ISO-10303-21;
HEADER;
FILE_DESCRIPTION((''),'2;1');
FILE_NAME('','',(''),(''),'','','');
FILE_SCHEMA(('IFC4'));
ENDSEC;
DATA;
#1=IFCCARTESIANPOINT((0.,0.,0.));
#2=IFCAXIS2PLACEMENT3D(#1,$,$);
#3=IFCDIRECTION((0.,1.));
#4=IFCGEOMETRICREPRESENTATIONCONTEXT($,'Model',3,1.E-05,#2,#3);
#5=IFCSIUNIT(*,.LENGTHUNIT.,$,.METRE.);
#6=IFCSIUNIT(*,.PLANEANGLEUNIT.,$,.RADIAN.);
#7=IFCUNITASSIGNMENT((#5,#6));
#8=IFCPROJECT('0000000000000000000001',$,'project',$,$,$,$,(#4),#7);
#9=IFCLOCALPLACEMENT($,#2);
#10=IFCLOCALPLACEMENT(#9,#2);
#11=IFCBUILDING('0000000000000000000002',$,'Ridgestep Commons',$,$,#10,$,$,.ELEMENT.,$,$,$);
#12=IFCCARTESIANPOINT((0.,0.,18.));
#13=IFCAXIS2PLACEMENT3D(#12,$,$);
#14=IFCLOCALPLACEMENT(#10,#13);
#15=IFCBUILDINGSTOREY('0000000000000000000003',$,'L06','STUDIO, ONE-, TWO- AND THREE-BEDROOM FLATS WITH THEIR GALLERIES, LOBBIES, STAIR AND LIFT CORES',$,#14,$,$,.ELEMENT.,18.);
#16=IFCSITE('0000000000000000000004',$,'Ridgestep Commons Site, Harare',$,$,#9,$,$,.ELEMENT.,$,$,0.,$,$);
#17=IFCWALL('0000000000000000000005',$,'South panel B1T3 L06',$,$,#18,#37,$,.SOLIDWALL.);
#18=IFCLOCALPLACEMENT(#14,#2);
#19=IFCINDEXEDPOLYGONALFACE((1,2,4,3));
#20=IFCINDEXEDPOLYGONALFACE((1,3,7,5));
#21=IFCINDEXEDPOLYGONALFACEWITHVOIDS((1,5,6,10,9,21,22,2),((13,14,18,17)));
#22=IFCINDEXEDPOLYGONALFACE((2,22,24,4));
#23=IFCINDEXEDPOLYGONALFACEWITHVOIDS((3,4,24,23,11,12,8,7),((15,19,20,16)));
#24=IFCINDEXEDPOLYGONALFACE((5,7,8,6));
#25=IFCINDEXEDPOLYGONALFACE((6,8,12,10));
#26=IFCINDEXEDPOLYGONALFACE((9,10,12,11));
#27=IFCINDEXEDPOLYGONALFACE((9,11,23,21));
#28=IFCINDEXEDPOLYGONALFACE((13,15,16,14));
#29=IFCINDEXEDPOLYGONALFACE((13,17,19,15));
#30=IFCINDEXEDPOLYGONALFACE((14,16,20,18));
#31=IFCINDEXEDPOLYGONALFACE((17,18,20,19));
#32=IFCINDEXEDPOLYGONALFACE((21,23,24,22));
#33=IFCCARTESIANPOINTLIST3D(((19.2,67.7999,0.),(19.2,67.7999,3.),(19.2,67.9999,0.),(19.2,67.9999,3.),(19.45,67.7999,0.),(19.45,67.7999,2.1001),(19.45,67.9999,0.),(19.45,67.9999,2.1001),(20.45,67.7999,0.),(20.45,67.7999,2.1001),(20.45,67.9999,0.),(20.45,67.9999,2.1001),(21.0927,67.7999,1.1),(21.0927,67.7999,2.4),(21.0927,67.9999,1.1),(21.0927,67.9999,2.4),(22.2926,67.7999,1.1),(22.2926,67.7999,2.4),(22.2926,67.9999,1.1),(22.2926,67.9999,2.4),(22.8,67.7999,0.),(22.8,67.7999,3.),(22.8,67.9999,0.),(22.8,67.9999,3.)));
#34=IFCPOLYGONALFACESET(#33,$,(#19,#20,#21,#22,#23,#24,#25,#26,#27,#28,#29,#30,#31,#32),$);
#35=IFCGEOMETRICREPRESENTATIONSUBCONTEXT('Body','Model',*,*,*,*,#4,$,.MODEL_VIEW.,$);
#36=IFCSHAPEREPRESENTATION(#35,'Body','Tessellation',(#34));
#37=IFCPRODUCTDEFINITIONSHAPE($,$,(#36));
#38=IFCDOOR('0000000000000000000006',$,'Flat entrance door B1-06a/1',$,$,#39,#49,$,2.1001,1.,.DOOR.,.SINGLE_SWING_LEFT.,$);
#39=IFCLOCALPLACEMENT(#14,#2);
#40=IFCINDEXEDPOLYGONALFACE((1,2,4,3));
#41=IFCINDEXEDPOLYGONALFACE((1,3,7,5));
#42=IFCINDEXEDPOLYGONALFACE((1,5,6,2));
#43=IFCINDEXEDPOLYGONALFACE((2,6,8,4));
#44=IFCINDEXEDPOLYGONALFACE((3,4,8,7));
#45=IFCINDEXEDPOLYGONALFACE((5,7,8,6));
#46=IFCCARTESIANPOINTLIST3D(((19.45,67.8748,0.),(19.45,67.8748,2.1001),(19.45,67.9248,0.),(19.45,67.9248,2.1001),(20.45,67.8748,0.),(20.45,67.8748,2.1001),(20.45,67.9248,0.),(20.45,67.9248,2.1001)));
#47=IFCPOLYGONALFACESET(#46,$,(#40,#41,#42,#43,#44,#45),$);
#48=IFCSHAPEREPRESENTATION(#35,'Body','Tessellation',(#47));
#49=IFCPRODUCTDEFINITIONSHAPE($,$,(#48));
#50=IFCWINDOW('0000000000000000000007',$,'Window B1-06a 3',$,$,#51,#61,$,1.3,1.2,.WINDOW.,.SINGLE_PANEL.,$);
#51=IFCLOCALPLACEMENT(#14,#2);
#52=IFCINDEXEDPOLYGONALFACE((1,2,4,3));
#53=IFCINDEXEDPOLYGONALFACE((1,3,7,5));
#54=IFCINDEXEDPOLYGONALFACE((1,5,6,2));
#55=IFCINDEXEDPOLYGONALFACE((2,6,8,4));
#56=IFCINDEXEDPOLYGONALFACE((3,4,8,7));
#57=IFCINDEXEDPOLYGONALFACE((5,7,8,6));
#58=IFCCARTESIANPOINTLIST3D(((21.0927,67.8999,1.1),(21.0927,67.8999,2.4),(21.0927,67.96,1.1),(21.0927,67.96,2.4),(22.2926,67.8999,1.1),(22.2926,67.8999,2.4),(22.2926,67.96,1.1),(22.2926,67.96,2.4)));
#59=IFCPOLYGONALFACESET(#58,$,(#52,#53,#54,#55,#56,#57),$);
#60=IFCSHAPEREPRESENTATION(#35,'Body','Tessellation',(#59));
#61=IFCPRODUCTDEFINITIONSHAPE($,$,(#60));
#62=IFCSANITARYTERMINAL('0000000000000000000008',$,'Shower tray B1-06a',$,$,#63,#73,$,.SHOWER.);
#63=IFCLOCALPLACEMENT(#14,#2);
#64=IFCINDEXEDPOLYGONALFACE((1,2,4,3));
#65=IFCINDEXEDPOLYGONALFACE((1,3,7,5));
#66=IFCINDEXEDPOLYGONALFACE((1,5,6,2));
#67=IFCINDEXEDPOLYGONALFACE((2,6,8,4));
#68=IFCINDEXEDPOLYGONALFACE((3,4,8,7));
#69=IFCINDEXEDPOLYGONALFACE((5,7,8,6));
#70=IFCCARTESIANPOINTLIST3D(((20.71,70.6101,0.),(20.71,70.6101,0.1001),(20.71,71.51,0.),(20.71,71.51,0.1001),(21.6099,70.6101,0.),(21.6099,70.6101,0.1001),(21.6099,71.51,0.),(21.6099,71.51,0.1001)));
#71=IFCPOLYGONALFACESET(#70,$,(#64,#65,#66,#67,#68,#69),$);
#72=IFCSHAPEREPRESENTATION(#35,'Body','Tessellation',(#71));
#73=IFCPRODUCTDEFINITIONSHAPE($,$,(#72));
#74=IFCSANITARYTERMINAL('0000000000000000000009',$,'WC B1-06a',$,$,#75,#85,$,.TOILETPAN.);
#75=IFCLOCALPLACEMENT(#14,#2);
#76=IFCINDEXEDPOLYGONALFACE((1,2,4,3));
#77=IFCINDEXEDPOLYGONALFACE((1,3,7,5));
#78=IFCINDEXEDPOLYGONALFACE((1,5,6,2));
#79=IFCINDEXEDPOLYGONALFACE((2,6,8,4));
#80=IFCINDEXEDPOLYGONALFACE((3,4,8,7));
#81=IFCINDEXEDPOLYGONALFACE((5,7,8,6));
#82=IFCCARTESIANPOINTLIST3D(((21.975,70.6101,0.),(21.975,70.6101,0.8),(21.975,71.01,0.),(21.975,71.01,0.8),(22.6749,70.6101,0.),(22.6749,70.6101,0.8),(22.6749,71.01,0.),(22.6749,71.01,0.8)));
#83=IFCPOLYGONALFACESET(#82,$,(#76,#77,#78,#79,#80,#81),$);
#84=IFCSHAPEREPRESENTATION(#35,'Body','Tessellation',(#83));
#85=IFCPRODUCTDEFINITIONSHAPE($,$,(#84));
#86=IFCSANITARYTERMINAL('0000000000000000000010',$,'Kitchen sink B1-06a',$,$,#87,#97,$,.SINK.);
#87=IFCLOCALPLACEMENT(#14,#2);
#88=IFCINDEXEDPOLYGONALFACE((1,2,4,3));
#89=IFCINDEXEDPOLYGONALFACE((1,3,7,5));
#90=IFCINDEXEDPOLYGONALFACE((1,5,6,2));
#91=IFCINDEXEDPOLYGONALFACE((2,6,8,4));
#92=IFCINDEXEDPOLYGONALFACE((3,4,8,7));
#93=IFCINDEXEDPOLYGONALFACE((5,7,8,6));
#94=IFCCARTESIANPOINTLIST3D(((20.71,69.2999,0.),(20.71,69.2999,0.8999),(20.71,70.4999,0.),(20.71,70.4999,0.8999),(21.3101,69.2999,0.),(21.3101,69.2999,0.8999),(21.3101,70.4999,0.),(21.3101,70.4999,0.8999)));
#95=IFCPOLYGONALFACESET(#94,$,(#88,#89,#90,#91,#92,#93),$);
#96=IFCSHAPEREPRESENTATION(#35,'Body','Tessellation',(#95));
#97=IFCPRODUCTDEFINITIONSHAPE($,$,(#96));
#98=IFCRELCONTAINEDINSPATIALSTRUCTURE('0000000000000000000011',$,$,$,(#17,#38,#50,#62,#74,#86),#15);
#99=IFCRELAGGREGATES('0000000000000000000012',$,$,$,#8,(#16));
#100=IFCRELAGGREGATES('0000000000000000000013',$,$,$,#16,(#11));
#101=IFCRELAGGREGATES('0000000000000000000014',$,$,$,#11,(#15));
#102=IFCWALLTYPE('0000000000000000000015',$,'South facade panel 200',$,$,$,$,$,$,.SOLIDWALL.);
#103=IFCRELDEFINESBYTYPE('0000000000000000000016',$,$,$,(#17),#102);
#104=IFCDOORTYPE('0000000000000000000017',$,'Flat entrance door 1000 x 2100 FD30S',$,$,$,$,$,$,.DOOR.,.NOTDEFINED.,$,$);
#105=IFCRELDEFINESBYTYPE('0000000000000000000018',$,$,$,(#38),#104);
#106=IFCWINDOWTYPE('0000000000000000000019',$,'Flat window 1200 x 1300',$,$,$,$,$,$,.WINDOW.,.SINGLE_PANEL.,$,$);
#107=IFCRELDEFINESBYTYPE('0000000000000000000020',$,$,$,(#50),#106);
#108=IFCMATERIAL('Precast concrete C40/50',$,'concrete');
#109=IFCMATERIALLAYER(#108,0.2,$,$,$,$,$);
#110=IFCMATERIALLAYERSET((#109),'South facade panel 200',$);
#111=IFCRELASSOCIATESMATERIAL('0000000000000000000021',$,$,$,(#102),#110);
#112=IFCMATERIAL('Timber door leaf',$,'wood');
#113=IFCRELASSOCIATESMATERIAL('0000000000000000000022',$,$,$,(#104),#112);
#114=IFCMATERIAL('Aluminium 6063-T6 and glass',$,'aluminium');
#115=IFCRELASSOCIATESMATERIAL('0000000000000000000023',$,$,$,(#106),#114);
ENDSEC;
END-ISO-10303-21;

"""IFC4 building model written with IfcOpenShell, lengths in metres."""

from ifc_helpers import new_model, si_unit, direction, frame, frame_2d, origin, origin_2d, place, context, subcontext, project, spatial, rectangle, extrude, material, layer, layer_set, type_object, element, fill, save


model = new_model("IFC4")

# Units and contexts
model_context = context("Model", 3, precision=1e-05, world=origin(), true_north=direction((0.0, 1.0)))
body_context = subcontext(model_context, "Body", "Model", "MODEL_VIEW")
ifc_project = project(units=[si_unit("LENGTHUNIT", "METRE"), si_unit("PLANEANGLEUNIT", "RADIAN")], contexts=[model_context])

# Site, building, storey
site_placement = place(None, origin())
site = spatial("IfcSite", under=ifc_project, at=site_placement, Name="Ridgestep Commons Site, Harare", CompositionType="ELEMENT", RefElevation=0.0)
building_placement = place(site_placement, origin())
building = spatial("IfcBuilding", under=site, at=building_placement, Name="Ridgestep Commons", CompositionType="ELEMENT")
storey_placement = place(building_placement, frame((0.0, 0.0, 18.0)))
storey = spatial("IfcBuildingStorey", under=building, at=storey_placement, Name="L06", Description="STUDIO, ONE-, TWO- AND THREE-BEDROOM FLATS WITH THEIR GALLERIES, LOBBIES, STAIR AND LIFT CORES", CompositionType="ELEMENT", Elevation=18.0)

# Shared definitions
ifc_material_1 = material(Name="Precast concrete C40/50", Category="concrete")
ifc_layer_1 = layer(ifc_material_1, 0.2)
ifc_layer_set_1 = layer_set([ifc_layer_1], Name="South facade panel 200")
wall_type_1 = type_object("IfcWallType", Name="South facade panel 200", PredefinedType="SOLIDWALL", material=ifc_layer_set_1)

# Wall, openings, door, window
wall_1_placement = place(storey_placement, frame((19.2, 67.8999, 0.0), z_axis=(0.0, 0.0, 1.0), x_axis=(1.0, 0.0, 0.0)))
wall_1 = element("IfcWall", 1, at=wall_1_placement, inside=storey, type_object=wall_type_1, Name="South panel B1T3 L06", PredefinedType="SOLIDWALL", context=body_context, shape_type="SweptSolid", body=[
    extrude(rectangle(XDim=3.6001, YDim=0.2, at=frame_2d((1.8, 0.0))), origin(), (0.0, 0.0, 1.0), 3.0),
])
opening_1_placement = place(wall_1_placement, frame((1.8926, 0.0, 1.1001)))
opening_1 = element("IfcOpeningElement", 2, at=opening_1_placement, cuts=wall_1, PredefinedType="OPENING", context=body_context, shape_type="SweptSolid", body=[
    extrude(rectangle(XDim=1.2, YDim=1.3, at=frame_2d((0.6001, 0.6499))), frame((0.0, 0.1099, 0.0), z_axis=(0.0, -1.0, 0.0), x_axis=(1.0, 0.0, 0.0)), (0.0, 0.0, 1.0), 0.22),
])
opening_2_placement = place(wall_1_placement, frame((0.25, 0.0, 0.0)))
opening_2 = element("IfcOpeningElement", 3, at=opening_2_placement, cuts=wall_1, PredefinedType="OPENING", context=body_context, shape_type="SweptSolid", body=[
    extrude(rectangle(XDim=1.0, YDim=2.1001, at=frame_2d((0.5, 1.05))), frame((0.0, 0.1099, 0.0), z_axis=(0.0, -1.0, 0.0), x_axis=(1.0, 0.0, 0.0)), (0.0, 0.0, 1.0), 0.22),
])
ifc_material_2 = material(Name="Timber door leaf", Category="wood")
door_type_1 = type_object("IfcDoorType", Name="Flat entrance door 1000 x 2100 FD30S", OperationType="NOTDEFINED", PredefinedType="DOOR", material=ifc_material_2)
door_1_placement = place(opening_2_placement, origin())
door_1 = element("IfcDoor", 4, at=door_1_placement, inside=storey, type_object=door_type_1, Name="Flat entrance door B1-06a/1", OperationType="SINGLE_SWING_LEFT", OverallHeight=2.1001, OverallWidth=1.0, PredefinedType="DOOR", context=body_context, shape_type="SweptSolid", body=[
    extrude(rectangle(XDim=1.0, YDim=2.1001, at=frame_2d((0.5, 1.05))), frame((0.0, 0.0249, 0.0), z_axis=(0.0, -1.0, 0.0), x_axis=(1.0, 0.0, 0.0)), (0.0, 0.0, 1.0), 0.05),
])
fill(opening_2, door_1)
ifc_material_3 = material(Name="Aluminium 6063-T6 and glass", Category="aluminium")
window_type_1 = type_object("IfcWindowType", Name="Flat window 1200 x 1300", PartitioningType="SINGLE_PANEL", PredefinedType="WINDOW", material=ifc_material_3)
window_1_placement = place(opening_1_placement, origin())
window_1 = element("IfcWindow", 5, at=window_1_placement, inside=storey, type_object=window_type_1, Name="Window B1-06a 3", OverallHeight=1.3, OverallWidth=1.2, PartitioningType="SINGLE_PANEL", PredefinedType="WINDOW", context=body_context, shape_type="SweptSolid", body=[
    extrude(rectangle(XDim=1.2, YDim=1.3, at=frame_2d((0.6001, 0.6499))), frame((0.0, 0.0601, 0.0), z_axis=(0.0, -1.0, 0.0), x_axis=(1.0, 0.0, 0.0)), (0.0, 0.0, 1.0), 0.0601),
])
fill(opening_1, window_1)

# Sanitary terminals
sanitary_terminal_1_placement = place(storey_placement, frame((21.1599, 71.0601, 0.0), z_axis=(0.0, 0.0, 1.0), x_axis=(1.0, 0.0, 0.0)))
element("IfcSanitaryTerminal", 6, at=sanitary_terminal_1_placement, inside=storey, Name="Shower tray B1-06a", PredefinedType="SHOWER", context=body_context, shape_type="SweptSolid", body=[
    extrude(rectangle(XDim=0.8999, YDim=0.8999, at=origin_2d()), origin(), (0.0, 0.0, 1.0), 0.1001),
])
sanitary_terminal_2_placement = place(storey_placement, frame((22.325, 70.8101, 0.0), z_axis=(0.0, 0.0, 1.0), x_axis=(1.0, 0.0, 0.0)))
element("IfcSanitaryTerminal", 7, at=sanitary_terminal_2_placement, inside=storey, Name="WC B1-06a", PredefinedType="TOILETPAN", context=body_context, shape_type="SweptSolid", body=[
    extrude(rectangle(XDim=0.7, YDim=0.3999, at=origin_2d()), origin(), (0.0, 0.0, 1.0), 0.8),
])
sanitary_terminal_3_placement = place(storey_placement, frame((21.01, 69.8999, 0.0), z_axis=(0.0, 0.0, 1.0), x_axis=(1.0, 0.0, 0.0)))
element("IfcSanitaryTerminal", 8, at=sanitary_terminal_3_placement, inside=storey, Name="Kitchen sink B1-06a", PredefinedType="SINK", context=body_context, shape_type="SweptSolid", body=[
    extrude(rectangle(XDim=0.6001, YDim=1.2, at=origin_2d()), origin(), (0.0, 0.0, 1.0), 0.8999),
])

save(model, "model.ifc")
